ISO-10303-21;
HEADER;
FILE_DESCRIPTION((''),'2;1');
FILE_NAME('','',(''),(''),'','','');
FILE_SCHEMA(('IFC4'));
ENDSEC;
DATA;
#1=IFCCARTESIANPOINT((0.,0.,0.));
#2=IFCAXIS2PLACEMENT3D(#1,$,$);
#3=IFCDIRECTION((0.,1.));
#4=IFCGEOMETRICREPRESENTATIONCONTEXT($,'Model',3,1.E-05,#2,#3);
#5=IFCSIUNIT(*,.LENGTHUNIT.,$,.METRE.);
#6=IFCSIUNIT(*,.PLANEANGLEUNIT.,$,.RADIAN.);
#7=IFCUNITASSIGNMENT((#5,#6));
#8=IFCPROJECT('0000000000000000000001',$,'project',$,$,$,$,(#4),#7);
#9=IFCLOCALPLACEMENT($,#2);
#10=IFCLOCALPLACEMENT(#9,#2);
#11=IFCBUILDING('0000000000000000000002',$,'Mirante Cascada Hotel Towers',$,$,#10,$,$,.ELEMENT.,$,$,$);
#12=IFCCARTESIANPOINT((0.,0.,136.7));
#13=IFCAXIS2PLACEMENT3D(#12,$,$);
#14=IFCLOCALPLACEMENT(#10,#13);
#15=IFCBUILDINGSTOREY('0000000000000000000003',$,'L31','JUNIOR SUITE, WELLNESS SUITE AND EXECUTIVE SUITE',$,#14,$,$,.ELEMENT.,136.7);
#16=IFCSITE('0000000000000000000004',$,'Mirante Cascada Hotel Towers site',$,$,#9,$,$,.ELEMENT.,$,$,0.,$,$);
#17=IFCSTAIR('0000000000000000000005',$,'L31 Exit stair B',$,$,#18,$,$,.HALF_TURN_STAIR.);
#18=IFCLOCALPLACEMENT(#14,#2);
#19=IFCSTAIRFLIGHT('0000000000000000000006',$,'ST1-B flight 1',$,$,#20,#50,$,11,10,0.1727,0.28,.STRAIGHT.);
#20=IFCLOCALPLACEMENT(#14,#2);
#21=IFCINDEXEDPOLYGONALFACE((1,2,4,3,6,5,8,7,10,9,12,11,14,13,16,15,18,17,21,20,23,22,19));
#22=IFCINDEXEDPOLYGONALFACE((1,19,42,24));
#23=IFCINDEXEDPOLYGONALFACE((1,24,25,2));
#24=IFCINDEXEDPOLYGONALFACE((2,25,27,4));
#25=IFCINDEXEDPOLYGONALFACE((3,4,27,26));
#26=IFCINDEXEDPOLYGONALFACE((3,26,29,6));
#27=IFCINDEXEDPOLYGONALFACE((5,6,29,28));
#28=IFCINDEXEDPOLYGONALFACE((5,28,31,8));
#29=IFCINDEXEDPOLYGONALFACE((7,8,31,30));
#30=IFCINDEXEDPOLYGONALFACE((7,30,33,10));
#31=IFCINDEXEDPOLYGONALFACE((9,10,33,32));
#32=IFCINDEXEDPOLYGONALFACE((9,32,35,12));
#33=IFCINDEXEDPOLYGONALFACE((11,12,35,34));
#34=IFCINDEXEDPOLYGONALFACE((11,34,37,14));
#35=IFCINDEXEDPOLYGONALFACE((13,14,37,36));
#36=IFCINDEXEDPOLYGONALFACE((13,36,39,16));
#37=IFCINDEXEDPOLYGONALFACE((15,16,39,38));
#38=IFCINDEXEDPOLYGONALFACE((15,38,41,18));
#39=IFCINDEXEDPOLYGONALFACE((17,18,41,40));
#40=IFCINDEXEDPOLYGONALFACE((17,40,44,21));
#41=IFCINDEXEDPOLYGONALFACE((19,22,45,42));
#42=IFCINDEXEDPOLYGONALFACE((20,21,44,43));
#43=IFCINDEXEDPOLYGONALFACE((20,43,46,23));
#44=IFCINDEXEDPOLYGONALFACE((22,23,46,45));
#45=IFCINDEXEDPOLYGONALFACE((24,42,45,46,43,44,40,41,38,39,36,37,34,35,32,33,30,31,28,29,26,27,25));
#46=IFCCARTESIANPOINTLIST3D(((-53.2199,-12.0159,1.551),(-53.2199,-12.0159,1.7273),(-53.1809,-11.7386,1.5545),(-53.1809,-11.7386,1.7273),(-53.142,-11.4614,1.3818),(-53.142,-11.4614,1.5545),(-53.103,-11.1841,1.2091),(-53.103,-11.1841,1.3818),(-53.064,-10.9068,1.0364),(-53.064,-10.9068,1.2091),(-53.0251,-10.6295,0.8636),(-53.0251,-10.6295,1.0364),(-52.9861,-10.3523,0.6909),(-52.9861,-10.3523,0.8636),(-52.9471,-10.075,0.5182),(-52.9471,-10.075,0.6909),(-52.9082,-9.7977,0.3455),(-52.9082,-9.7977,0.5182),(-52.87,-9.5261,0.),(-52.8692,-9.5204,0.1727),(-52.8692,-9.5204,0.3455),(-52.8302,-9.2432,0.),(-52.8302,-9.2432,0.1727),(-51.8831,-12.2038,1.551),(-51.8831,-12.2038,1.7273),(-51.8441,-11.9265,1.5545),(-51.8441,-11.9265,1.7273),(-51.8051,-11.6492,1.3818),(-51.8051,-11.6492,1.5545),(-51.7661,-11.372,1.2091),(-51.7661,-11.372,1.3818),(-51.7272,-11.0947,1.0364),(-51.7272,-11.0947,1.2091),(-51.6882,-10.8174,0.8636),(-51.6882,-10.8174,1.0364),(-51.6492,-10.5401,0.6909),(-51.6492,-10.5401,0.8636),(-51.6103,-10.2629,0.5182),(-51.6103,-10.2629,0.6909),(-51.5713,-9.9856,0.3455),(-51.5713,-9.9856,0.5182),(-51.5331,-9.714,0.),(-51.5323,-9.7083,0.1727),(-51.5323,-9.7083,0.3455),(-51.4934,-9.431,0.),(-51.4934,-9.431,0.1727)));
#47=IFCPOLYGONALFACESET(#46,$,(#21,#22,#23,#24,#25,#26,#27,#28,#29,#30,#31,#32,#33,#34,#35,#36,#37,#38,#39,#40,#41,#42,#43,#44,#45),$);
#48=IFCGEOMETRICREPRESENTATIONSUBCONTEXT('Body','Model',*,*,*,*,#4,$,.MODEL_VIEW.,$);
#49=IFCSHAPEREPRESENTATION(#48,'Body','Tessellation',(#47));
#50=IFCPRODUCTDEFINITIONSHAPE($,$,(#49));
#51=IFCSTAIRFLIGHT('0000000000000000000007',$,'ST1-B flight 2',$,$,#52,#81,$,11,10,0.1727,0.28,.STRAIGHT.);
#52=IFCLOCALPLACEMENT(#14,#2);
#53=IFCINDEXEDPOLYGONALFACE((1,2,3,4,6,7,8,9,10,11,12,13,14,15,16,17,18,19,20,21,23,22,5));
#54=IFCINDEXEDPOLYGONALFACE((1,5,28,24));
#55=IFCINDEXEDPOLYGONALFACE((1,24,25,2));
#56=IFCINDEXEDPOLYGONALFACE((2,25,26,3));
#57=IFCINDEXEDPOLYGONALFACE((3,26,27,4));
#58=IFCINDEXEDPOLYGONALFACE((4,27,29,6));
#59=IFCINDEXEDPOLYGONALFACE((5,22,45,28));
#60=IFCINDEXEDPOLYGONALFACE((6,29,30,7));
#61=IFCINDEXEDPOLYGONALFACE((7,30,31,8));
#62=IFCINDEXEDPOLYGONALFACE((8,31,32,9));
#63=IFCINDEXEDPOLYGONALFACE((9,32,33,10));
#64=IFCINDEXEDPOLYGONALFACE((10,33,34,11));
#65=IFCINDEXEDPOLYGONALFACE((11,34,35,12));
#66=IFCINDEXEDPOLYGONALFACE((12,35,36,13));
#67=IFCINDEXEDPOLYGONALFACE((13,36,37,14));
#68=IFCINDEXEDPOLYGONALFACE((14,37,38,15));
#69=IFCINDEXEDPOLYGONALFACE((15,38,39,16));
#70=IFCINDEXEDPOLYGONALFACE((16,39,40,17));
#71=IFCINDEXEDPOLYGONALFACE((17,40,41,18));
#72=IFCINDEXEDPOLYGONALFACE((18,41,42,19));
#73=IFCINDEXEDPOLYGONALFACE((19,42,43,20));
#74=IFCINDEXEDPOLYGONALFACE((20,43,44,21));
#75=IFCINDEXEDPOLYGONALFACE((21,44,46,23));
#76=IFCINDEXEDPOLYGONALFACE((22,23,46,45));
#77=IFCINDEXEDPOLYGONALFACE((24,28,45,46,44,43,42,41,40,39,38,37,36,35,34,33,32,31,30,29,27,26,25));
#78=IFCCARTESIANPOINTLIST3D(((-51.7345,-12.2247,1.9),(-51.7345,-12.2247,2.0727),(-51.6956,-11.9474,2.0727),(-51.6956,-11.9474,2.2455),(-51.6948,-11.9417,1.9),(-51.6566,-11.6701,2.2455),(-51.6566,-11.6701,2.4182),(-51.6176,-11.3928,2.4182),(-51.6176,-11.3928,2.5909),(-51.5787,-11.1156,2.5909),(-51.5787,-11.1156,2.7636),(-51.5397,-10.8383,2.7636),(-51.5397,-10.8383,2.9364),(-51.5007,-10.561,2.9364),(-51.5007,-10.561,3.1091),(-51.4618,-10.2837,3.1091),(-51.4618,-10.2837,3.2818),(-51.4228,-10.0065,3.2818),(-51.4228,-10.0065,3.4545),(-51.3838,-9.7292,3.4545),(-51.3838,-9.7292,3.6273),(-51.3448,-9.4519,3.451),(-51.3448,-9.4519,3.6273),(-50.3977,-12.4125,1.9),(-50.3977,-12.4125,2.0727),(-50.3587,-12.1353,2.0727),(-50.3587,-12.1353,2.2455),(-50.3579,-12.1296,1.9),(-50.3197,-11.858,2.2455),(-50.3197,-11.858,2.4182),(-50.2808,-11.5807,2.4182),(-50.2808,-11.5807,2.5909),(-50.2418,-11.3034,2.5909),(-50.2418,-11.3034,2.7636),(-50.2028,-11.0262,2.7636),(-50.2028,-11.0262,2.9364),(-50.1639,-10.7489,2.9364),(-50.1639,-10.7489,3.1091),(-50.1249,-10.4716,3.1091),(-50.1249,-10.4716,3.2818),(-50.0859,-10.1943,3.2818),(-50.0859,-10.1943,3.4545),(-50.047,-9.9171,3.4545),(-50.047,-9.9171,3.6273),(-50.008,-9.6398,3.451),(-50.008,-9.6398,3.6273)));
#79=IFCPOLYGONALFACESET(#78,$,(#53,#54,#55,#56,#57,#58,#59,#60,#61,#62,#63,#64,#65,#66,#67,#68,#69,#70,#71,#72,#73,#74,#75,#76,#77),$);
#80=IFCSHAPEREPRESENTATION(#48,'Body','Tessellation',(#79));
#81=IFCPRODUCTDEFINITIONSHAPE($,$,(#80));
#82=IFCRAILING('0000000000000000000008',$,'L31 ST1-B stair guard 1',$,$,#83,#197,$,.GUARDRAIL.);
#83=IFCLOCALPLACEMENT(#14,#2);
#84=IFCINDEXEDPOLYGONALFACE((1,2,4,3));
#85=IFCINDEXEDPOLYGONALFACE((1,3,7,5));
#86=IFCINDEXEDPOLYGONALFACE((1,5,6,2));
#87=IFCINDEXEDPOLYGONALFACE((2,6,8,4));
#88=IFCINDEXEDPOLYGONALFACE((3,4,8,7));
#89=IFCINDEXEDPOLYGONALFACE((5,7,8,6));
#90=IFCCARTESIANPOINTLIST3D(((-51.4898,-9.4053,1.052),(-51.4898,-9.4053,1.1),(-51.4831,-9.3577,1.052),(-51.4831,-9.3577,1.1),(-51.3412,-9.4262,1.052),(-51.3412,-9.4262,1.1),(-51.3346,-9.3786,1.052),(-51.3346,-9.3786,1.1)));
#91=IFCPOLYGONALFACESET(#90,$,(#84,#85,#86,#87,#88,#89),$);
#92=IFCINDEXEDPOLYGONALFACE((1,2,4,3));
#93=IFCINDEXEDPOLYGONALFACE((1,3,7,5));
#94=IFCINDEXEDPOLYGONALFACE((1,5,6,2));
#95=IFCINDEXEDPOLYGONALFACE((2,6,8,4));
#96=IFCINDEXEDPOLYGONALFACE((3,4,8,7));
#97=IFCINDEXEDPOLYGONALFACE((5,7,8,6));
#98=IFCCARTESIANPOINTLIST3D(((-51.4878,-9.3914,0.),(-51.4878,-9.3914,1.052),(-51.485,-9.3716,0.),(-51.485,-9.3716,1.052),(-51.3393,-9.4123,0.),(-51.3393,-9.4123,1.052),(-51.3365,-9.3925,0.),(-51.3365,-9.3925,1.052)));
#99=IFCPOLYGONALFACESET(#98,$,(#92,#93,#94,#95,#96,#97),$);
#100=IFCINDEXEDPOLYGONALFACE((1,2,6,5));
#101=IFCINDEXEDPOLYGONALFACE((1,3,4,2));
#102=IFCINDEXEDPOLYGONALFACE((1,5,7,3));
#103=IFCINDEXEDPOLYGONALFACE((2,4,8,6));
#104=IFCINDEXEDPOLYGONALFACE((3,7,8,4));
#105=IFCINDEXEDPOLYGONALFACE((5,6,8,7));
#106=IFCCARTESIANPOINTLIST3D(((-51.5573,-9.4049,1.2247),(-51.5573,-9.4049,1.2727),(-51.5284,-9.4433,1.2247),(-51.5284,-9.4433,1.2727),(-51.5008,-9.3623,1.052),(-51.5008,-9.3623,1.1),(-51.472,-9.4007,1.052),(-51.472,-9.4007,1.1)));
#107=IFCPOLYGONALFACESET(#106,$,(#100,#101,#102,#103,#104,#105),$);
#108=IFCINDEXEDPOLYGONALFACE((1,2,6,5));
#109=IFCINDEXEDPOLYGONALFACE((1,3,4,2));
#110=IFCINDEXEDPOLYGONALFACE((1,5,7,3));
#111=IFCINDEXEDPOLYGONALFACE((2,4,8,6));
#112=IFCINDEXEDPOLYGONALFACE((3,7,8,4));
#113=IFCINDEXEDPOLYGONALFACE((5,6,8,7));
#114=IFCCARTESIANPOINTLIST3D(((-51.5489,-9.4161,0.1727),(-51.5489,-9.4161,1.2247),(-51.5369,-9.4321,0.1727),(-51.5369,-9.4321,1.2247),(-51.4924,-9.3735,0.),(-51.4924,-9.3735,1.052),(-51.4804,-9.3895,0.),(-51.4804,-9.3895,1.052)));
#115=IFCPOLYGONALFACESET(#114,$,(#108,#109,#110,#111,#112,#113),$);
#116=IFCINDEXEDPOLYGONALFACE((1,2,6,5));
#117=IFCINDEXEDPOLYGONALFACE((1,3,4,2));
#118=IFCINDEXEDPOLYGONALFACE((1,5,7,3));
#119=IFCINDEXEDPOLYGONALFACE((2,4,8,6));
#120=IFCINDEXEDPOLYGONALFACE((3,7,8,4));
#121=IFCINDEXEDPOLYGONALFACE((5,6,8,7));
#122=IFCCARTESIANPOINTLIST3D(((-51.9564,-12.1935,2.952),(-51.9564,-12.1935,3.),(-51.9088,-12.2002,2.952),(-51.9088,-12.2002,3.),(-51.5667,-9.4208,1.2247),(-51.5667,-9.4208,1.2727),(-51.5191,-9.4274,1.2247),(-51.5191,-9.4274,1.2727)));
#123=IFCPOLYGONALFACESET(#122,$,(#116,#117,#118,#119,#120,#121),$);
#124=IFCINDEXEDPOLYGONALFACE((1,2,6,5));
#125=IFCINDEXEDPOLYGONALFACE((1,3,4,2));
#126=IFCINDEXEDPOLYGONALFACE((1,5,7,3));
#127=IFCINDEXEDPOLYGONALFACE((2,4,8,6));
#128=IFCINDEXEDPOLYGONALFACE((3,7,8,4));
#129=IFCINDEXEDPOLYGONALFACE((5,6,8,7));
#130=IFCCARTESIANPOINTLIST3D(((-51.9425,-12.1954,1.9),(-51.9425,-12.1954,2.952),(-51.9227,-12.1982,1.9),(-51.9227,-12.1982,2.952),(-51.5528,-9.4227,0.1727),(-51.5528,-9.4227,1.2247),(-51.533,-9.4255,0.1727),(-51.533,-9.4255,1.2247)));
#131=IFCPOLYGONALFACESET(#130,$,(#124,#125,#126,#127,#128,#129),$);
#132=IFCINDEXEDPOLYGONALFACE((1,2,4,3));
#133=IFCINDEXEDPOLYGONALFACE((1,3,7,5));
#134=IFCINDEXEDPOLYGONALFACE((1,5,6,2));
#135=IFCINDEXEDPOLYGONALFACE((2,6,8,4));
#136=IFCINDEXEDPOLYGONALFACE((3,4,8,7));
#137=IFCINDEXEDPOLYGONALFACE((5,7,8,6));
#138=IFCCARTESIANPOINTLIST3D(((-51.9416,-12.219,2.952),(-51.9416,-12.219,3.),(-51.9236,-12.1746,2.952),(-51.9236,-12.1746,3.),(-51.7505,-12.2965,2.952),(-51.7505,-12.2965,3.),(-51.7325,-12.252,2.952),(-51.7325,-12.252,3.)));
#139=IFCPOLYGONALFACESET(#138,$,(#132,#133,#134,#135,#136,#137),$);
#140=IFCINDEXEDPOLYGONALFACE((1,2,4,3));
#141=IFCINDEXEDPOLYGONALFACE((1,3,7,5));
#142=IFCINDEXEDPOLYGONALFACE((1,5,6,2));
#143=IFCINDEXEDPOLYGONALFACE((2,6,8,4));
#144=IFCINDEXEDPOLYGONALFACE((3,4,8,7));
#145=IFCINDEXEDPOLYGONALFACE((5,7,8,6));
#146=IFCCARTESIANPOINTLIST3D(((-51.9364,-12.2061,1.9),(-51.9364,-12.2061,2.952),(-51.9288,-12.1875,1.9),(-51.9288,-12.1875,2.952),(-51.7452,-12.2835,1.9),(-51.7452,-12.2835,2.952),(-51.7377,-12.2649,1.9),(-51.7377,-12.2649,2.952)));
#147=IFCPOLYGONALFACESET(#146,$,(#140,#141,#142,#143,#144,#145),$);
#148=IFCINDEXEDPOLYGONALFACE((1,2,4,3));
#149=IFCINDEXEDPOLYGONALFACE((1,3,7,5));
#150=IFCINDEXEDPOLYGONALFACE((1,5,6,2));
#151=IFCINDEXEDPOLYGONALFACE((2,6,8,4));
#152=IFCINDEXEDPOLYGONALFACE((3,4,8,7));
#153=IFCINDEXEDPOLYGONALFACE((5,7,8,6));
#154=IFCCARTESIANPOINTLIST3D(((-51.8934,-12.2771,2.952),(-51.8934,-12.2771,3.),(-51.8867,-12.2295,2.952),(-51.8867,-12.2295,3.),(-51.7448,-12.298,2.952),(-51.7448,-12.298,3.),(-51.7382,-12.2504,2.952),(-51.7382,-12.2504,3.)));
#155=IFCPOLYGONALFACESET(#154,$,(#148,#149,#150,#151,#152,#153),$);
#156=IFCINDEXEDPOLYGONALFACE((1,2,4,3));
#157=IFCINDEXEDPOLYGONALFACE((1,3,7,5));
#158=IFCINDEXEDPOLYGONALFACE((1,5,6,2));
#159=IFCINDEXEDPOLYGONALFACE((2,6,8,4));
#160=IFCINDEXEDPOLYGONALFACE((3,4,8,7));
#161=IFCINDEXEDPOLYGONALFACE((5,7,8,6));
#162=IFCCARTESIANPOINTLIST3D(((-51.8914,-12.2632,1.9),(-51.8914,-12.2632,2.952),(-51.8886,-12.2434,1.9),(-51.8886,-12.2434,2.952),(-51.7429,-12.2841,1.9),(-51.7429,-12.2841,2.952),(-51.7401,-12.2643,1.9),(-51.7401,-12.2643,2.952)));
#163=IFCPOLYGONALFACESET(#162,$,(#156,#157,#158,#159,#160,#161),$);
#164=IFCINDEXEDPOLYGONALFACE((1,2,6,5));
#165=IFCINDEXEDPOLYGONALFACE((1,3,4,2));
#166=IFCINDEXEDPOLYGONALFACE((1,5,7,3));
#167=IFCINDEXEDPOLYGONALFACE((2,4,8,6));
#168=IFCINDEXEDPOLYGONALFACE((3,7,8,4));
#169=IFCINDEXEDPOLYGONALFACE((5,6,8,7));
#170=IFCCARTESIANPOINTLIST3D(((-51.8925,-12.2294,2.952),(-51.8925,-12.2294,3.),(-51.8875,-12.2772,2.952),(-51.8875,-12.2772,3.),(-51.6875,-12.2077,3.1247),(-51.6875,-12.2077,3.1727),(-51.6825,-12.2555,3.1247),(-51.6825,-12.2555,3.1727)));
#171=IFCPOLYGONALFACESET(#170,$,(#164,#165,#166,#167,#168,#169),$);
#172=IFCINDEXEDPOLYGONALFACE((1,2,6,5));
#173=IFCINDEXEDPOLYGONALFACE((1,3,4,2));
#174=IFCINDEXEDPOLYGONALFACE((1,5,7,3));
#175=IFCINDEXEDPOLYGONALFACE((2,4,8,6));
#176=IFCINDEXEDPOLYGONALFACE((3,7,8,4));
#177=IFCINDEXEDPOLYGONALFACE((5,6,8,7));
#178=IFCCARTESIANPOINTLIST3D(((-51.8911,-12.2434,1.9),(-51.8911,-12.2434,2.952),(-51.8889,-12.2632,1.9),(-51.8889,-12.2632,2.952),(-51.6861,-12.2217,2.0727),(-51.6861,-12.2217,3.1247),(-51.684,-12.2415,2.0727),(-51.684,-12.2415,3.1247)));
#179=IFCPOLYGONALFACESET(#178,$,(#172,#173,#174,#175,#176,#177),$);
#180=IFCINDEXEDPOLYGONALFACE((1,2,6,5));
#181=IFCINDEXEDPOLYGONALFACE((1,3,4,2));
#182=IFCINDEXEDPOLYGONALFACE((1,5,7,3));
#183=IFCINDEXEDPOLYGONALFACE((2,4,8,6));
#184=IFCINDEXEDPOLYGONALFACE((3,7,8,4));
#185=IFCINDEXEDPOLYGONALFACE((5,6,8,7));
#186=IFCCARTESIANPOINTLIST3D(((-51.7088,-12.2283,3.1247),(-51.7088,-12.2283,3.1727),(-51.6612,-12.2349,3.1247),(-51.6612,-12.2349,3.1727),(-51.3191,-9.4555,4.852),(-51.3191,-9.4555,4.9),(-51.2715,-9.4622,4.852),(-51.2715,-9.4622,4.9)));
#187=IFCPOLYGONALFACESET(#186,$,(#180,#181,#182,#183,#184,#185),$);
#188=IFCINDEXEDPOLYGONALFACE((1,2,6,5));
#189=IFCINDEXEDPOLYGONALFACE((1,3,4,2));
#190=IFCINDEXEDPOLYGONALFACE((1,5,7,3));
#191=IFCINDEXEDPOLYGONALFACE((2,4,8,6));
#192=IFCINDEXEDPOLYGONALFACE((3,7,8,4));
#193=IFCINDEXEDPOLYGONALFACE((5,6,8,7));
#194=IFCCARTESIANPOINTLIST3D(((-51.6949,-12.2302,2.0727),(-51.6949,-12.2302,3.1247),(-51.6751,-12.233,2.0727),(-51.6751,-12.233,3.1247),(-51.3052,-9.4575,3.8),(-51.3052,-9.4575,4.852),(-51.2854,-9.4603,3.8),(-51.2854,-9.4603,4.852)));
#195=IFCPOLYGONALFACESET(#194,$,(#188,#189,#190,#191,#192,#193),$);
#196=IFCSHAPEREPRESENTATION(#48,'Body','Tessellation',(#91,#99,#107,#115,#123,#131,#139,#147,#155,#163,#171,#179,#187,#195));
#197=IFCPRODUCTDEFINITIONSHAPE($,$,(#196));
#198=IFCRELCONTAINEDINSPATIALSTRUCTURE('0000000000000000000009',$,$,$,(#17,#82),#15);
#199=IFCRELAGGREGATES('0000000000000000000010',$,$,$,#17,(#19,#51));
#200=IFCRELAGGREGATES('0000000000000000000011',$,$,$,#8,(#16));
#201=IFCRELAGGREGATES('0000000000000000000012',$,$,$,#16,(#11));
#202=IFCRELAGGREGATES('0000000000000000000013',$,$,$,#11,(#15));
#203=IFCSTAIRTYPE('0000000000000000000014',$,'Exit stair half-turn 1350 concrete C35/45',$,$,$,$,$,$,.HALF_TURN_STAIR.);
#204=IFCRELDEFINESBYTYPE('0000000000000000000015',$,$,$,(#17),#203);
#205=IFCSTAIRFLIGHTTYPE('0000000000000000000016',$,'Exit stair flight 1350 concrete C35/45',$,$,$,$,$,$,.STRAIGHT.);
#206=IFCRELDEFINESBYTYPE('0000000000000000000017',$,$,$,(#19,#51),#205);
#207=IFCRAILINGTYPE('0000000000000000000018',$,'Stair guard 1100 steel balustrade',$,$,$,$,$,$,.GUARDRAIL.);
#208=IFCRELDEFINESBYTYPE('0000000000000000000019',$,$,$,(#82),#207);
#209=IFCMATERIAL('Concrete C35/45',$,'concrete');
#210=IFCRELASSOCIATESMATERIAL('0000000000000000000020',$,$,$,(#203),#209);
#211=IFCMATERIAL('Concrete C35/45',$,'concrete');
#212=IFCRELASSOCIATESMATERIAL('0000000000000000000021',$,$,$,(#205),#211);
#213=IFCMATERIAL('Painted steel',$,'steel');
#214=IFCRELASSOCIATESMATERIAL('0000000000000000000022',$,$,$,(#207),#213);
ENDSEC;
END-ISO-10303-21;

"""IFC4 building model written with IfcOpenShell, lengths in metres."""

from ifc_helpers import new_model, si_unit, direction, frame, origin, origin_2d, place, context, subcontext, project, spatial, polyline, rectangle, outline, extrude, material, type_object, element, aggregate, save


model = new_model("IFC4")

# Units and contexts
model_context = context("Model", 3, precision=1e-05, world=origin(), true_north=direction((0.0, 1.0)))
body_context = subcontext(model_context, "Body", "Model", "MODEL_VIEW")
ifc_project = project(units=[si_unit("LENGTHUNIT", "METRE"), si_unit("PLANEANGLEUNIT", "RADIAN")], contexts=[model_context])

# Site, building, storey
site_placement = place(None, origin())
site = spatial("IfcSite", under=ifc_project, at=site_placement, Name="Mirante Cascada Hotel Towers site", CompositionType="ELEMENT", RefElevation=0.0)
building_placement = place(site_placement, origin())
building = spatial("IfcBuilding", under=site, at=building_placement, Name="Mirante Cascada Hotel Towers", CompositionType="ELEMENT")
storey_placement = place(building_placement, frame((0.0, 0.0, 136.7)))
storey = spatial("IfcBuildingStorey", under=building, at=storey_placement, Name="L31", Description="JUNIOR SUITE, WELLNESS SUITE AND EXECUTIVE SUITE", CompositionType="ELEMENT", Elevation=136.7)

# Stair, stair flights
ifc_material_1 = material(Name="Concrete C35/45", Category="concrete")
stair_type = type_object("IfcStairType", Name="Exit stair half-turn 1350 concrete C35/45", PredefinedType="HALF_TURN_STAIR", material=ifc_material_1)
stair_placement = place(storey_placement, origin())
stair = element("IfcStair", 1, at=stair_placement, inside=storey, type_object=stair_type, Name="L31 Exit stair B", PredefinedType="HALF_TURN_STAIR")
ifc_material_2 = material(Name="Concrete C35/45", Category="concrete")
stair_flight_type = type_object("IfcStairFlightType", Name="Exit stair flight 1350 concrete C35/45", PredefinedType="STRAIGHT", material=ifc_material_2)
stair_flight_1_placement = place(storey_placement, frame((-52.1618, -9.3371, 0.0), z_axis=(0.0, 0.0, 1.0), x_axis=(-0.139173, -0.990268, 0.0)))
stair_flight_1 = element("IfcStairFlight", 2, at=stair_flight_1_placement, type_object=stair_flight_type, Name="ST1-B flight 1", NumberOfRisers=11, NumberOfTreads=10, PredefinedType="STRAIGHT", RiserHeight=0.1727, TreadLength=0.28, context=body_context, shape_type="SweptSolid", body=[
    extrude(outline(polyline([(0.0, 0.0), (0.0, 0.1727), (0.28, 0.1727), (0.28, 0.3455), (0.56, 0.3455), (0.56, 0.5182), (0.84, 0.5182), (0.84, 0.6909), (1.12, 0.6909), (1.12, 0.8636), (1.4, 0.8636), (1.4, 1.0364), (1.68, 1.0364), (1.68, 1.2091), (1.96, 1.2091), (1.96, 1.3818), (2.24, 1.3818), (2.24, 1.5545), (2.52, 1.5545), (2.52, 1.7273), (2.8, 1.7273), (2.8, 1.9), (2.8, 1.551), (0.2857, 0.0), (0.0, 0.0)])), frame((0.0, 0.675, 0.0), z_axis=(0.0, -1.0, 0.0), x_axis=(1.0, 0.0, 0.0)), (0.0, 0.0, 1.0), 1.35),
])
stair_flight_2_placement = place(storey_placement, frame((-51.0661, -12.3186, 1.9), z_axis=(0.0, 0.0, 1.0), x_axis=(0.139173, 0.990268, 0.0)))
stair_flight_2 = element("IfcStairFlight", 3, at=stair_flight_2_placement, type_object=stair_flight_type, Name="ST1-B flight 2", NumberOfRisers=11, NumberOfTreads=10, PredefinedType="STRAIGHT", RiserHeight=0.1727, TreadLength=0.28, context=body_context, shape_type="SweptSolid", body=[
    extrude(outline(polyline([(0.0, 0.0), (0.0, 0.1727), (0.28, 0.1727), (0.28, 0.3455), (0.56, 0.3455), (0.56, 0.5182), (0.84, 0.5182), (0.84, 0.6909), (1.12, 0.6909), (1.12, 0.8636), (1.4, 0.8636), (1.4, 1.0364), (1.68, 1.0364), (1.68, 1.2091), (1.96, 1.2091), (1.96, 1.3818), (2.24, 1.3818), (2.24, 1.5545), (2.52, 1.5545), (2.52, 1.7273), (2.8, 1.7273), (2.8, 1.9), (2.8, 1.551), (0.2857, 0.0), (0.0, 0.0)])), frame((0.0, 0.675, 0.0), z_axis=(0.0, -1.0, 0.0), x_axis=(1.0, 0.0, 0.0)), (0.0, 0.0, 1.0), 1.35),
])
aggregate(stair, [stair_flight_1, stair_flight_2])

# Railing
ifc_material_3 = material(Name="Painted steel", Category="steel")
railing_type_1 = type_object("IfcRailingType", Name="Stair guard 1100 steel balustrade", PredefinedType="GUARDRAIL", material=ifc_material_3)
railing_1_placement = place(storey_placement, frame((-51.3379, -9.4024, 0.0)))
element("IfcRailing", 4, at=railing_1_placement, inside=storey, type_object=railing_type_1, Name="L31 ST1-B stair guard 1", PredefinedType="GUARDRAIL", context=body_context, shape_type="SweptSolid", body=[
    extrude(rectangle(XDim=0.048, YDim=0.048, at=origin_2d()), frame((0.0, 0.0, 1.076), z_axis=(-0.990241, 0.139367, 0.0), x_axis=(-0.139367, -0.990241, 0.0)), (0.0, 0.0, 1.0), 0.15),
    extrude(rectangle(XDim=0.02, YDim=1.052, at=origin_2d()), frame((0.0, 0.0, 0.526), z_axis=(-0.990241, 0.139367, 0.0), x_axis=(-0.139367, -0.990241, 0.0)), (0.0, 0.0, 1.0), 0.15),
    extrude(rectangle(XDim=0.048, YDim=0.048, at=origin_2d()), frame((-0.1485, 0.0209, 1.076), z_axis=(-0.798471, -0.602033, 0.0), x_axis=(0.602033, -0.798471, 0.0)), (0.0, 0.92534, 0.379139), 0.1866),
    extrude(rectangle(XDim=0.02, YDim=1.052, at=origin_2d()), frame((-0.1485, 0.0209, 0.526), z_axis=(-0.798471, -0.602033, 0.0), x_axis=(0.602033, -0.798471, 0.0)), (0.0, 0.92534, 0.379139), 0.1866),
    extrude(rectangle(XDim=0.048, YDim=0.048, at=origin_2d()), frame((-0.205, -0.0217, 1.2487), z_axis=(-0.139181, -0.990267, 0.0), x_axis=(0.990267, -0.139181, 0.0)), (0.0, 0.525035, 0.851081), 3.2899),
    extrude(rectangle(XDim=0.02, YDim=1.052, at=origin_2d()), frame((-0.205, -0.0217, 0.6987), z_axis=(-0.139181, -0.990267, 0.0), x_axis=(0.990267, -0.139181, 0.0)), (0.0, 0.525035, 0.851081), 3.2899),
    extrude(rectangle(XDim=0.048, YDim=0.048, at=origin_2d()), frame((-0.5947, -2.7944, 2.976), z_axis=(0.926862, -0.375401, 0.0), x_axis=(0.375401, 0.926862, 0.0)), (0.0, 0.0, 1.0), 0.2062),
    extrude(rectangle(XDim=0.02, YDim=1.052, at=origin_2d()), frame((-0.5947, -2.7944, 2.426), z_axis=(0.926862, -0.375401, 0.0), x_axis=(0.375401, 0.926862, 0.0)), (0.0, 0.0, 1.0), 0.2062),
    extrude(rectangle(XDim=0.048, YDim=0.048, at=origin_2d()), frame((-0.4036, -2.8718, 2.976), z_axis=(-0.990241, 0.139367, 0.0), x_axis=(-0.139367, -0.990241, 0.0)), (0.0, 0.0, 1.0), 0.15),
    extrude(rectangle(XDim=0.02, YDim=1.052, at=origin_2d()), frame((-0.4036, -2.8718, 2.426), z_axis=(-0.990241, 0.139367, 0.0), x_axis=(-0.139367, -0.990241, 0.0)), (0.0, 0.0, 1.0), 0.15),
    extrude(rectangle(XDim=0.048, YDim=0.048, at=origin_2d()), frame((-0.5521, -2.8509, 2.976), z_axis=(0.994444, 0.105266, 0.0), x_axis=(-0.105266, 0.994444, 0.0)), (0.0, 0.642184, 0.76655), 0.2689),
    extrude(rectangle(XDim=0.02, YDim=1.052, at=origin_2d()), frame((-0.5521, -2.8509, 2.426), z_axis=(0.994444, 0.105266, 0.0), x_axis=(-0.105266, 0.994444, 0.0)), (0.0, 0.642184, 0.76655), 0.2689),
    extrude(rectangle(XDim=0.048, YDim=0.048, at=origin_2d()), frame((-0.3471, -2.8292, 3.1487), z_axis=(0.139181, 0.990267, 0.0), x_axis=(-0.990267, 0.139181, 0.0)), (0.0, 0.525035, 0.851081), 3.2899),
    extrude(rectangle(XDim=0.02, YDim=1.052, at=origin_2d()), frame((-0.3471, -2.8292, 2.5987), z_axis=(0.139181, 0.990267, 0.0), x_axis=(-0.990267, 0.139181, 0.0)), (0.0, 0.525035, 0.851081), 3.2899),
])

save(model, "model.ifc")
